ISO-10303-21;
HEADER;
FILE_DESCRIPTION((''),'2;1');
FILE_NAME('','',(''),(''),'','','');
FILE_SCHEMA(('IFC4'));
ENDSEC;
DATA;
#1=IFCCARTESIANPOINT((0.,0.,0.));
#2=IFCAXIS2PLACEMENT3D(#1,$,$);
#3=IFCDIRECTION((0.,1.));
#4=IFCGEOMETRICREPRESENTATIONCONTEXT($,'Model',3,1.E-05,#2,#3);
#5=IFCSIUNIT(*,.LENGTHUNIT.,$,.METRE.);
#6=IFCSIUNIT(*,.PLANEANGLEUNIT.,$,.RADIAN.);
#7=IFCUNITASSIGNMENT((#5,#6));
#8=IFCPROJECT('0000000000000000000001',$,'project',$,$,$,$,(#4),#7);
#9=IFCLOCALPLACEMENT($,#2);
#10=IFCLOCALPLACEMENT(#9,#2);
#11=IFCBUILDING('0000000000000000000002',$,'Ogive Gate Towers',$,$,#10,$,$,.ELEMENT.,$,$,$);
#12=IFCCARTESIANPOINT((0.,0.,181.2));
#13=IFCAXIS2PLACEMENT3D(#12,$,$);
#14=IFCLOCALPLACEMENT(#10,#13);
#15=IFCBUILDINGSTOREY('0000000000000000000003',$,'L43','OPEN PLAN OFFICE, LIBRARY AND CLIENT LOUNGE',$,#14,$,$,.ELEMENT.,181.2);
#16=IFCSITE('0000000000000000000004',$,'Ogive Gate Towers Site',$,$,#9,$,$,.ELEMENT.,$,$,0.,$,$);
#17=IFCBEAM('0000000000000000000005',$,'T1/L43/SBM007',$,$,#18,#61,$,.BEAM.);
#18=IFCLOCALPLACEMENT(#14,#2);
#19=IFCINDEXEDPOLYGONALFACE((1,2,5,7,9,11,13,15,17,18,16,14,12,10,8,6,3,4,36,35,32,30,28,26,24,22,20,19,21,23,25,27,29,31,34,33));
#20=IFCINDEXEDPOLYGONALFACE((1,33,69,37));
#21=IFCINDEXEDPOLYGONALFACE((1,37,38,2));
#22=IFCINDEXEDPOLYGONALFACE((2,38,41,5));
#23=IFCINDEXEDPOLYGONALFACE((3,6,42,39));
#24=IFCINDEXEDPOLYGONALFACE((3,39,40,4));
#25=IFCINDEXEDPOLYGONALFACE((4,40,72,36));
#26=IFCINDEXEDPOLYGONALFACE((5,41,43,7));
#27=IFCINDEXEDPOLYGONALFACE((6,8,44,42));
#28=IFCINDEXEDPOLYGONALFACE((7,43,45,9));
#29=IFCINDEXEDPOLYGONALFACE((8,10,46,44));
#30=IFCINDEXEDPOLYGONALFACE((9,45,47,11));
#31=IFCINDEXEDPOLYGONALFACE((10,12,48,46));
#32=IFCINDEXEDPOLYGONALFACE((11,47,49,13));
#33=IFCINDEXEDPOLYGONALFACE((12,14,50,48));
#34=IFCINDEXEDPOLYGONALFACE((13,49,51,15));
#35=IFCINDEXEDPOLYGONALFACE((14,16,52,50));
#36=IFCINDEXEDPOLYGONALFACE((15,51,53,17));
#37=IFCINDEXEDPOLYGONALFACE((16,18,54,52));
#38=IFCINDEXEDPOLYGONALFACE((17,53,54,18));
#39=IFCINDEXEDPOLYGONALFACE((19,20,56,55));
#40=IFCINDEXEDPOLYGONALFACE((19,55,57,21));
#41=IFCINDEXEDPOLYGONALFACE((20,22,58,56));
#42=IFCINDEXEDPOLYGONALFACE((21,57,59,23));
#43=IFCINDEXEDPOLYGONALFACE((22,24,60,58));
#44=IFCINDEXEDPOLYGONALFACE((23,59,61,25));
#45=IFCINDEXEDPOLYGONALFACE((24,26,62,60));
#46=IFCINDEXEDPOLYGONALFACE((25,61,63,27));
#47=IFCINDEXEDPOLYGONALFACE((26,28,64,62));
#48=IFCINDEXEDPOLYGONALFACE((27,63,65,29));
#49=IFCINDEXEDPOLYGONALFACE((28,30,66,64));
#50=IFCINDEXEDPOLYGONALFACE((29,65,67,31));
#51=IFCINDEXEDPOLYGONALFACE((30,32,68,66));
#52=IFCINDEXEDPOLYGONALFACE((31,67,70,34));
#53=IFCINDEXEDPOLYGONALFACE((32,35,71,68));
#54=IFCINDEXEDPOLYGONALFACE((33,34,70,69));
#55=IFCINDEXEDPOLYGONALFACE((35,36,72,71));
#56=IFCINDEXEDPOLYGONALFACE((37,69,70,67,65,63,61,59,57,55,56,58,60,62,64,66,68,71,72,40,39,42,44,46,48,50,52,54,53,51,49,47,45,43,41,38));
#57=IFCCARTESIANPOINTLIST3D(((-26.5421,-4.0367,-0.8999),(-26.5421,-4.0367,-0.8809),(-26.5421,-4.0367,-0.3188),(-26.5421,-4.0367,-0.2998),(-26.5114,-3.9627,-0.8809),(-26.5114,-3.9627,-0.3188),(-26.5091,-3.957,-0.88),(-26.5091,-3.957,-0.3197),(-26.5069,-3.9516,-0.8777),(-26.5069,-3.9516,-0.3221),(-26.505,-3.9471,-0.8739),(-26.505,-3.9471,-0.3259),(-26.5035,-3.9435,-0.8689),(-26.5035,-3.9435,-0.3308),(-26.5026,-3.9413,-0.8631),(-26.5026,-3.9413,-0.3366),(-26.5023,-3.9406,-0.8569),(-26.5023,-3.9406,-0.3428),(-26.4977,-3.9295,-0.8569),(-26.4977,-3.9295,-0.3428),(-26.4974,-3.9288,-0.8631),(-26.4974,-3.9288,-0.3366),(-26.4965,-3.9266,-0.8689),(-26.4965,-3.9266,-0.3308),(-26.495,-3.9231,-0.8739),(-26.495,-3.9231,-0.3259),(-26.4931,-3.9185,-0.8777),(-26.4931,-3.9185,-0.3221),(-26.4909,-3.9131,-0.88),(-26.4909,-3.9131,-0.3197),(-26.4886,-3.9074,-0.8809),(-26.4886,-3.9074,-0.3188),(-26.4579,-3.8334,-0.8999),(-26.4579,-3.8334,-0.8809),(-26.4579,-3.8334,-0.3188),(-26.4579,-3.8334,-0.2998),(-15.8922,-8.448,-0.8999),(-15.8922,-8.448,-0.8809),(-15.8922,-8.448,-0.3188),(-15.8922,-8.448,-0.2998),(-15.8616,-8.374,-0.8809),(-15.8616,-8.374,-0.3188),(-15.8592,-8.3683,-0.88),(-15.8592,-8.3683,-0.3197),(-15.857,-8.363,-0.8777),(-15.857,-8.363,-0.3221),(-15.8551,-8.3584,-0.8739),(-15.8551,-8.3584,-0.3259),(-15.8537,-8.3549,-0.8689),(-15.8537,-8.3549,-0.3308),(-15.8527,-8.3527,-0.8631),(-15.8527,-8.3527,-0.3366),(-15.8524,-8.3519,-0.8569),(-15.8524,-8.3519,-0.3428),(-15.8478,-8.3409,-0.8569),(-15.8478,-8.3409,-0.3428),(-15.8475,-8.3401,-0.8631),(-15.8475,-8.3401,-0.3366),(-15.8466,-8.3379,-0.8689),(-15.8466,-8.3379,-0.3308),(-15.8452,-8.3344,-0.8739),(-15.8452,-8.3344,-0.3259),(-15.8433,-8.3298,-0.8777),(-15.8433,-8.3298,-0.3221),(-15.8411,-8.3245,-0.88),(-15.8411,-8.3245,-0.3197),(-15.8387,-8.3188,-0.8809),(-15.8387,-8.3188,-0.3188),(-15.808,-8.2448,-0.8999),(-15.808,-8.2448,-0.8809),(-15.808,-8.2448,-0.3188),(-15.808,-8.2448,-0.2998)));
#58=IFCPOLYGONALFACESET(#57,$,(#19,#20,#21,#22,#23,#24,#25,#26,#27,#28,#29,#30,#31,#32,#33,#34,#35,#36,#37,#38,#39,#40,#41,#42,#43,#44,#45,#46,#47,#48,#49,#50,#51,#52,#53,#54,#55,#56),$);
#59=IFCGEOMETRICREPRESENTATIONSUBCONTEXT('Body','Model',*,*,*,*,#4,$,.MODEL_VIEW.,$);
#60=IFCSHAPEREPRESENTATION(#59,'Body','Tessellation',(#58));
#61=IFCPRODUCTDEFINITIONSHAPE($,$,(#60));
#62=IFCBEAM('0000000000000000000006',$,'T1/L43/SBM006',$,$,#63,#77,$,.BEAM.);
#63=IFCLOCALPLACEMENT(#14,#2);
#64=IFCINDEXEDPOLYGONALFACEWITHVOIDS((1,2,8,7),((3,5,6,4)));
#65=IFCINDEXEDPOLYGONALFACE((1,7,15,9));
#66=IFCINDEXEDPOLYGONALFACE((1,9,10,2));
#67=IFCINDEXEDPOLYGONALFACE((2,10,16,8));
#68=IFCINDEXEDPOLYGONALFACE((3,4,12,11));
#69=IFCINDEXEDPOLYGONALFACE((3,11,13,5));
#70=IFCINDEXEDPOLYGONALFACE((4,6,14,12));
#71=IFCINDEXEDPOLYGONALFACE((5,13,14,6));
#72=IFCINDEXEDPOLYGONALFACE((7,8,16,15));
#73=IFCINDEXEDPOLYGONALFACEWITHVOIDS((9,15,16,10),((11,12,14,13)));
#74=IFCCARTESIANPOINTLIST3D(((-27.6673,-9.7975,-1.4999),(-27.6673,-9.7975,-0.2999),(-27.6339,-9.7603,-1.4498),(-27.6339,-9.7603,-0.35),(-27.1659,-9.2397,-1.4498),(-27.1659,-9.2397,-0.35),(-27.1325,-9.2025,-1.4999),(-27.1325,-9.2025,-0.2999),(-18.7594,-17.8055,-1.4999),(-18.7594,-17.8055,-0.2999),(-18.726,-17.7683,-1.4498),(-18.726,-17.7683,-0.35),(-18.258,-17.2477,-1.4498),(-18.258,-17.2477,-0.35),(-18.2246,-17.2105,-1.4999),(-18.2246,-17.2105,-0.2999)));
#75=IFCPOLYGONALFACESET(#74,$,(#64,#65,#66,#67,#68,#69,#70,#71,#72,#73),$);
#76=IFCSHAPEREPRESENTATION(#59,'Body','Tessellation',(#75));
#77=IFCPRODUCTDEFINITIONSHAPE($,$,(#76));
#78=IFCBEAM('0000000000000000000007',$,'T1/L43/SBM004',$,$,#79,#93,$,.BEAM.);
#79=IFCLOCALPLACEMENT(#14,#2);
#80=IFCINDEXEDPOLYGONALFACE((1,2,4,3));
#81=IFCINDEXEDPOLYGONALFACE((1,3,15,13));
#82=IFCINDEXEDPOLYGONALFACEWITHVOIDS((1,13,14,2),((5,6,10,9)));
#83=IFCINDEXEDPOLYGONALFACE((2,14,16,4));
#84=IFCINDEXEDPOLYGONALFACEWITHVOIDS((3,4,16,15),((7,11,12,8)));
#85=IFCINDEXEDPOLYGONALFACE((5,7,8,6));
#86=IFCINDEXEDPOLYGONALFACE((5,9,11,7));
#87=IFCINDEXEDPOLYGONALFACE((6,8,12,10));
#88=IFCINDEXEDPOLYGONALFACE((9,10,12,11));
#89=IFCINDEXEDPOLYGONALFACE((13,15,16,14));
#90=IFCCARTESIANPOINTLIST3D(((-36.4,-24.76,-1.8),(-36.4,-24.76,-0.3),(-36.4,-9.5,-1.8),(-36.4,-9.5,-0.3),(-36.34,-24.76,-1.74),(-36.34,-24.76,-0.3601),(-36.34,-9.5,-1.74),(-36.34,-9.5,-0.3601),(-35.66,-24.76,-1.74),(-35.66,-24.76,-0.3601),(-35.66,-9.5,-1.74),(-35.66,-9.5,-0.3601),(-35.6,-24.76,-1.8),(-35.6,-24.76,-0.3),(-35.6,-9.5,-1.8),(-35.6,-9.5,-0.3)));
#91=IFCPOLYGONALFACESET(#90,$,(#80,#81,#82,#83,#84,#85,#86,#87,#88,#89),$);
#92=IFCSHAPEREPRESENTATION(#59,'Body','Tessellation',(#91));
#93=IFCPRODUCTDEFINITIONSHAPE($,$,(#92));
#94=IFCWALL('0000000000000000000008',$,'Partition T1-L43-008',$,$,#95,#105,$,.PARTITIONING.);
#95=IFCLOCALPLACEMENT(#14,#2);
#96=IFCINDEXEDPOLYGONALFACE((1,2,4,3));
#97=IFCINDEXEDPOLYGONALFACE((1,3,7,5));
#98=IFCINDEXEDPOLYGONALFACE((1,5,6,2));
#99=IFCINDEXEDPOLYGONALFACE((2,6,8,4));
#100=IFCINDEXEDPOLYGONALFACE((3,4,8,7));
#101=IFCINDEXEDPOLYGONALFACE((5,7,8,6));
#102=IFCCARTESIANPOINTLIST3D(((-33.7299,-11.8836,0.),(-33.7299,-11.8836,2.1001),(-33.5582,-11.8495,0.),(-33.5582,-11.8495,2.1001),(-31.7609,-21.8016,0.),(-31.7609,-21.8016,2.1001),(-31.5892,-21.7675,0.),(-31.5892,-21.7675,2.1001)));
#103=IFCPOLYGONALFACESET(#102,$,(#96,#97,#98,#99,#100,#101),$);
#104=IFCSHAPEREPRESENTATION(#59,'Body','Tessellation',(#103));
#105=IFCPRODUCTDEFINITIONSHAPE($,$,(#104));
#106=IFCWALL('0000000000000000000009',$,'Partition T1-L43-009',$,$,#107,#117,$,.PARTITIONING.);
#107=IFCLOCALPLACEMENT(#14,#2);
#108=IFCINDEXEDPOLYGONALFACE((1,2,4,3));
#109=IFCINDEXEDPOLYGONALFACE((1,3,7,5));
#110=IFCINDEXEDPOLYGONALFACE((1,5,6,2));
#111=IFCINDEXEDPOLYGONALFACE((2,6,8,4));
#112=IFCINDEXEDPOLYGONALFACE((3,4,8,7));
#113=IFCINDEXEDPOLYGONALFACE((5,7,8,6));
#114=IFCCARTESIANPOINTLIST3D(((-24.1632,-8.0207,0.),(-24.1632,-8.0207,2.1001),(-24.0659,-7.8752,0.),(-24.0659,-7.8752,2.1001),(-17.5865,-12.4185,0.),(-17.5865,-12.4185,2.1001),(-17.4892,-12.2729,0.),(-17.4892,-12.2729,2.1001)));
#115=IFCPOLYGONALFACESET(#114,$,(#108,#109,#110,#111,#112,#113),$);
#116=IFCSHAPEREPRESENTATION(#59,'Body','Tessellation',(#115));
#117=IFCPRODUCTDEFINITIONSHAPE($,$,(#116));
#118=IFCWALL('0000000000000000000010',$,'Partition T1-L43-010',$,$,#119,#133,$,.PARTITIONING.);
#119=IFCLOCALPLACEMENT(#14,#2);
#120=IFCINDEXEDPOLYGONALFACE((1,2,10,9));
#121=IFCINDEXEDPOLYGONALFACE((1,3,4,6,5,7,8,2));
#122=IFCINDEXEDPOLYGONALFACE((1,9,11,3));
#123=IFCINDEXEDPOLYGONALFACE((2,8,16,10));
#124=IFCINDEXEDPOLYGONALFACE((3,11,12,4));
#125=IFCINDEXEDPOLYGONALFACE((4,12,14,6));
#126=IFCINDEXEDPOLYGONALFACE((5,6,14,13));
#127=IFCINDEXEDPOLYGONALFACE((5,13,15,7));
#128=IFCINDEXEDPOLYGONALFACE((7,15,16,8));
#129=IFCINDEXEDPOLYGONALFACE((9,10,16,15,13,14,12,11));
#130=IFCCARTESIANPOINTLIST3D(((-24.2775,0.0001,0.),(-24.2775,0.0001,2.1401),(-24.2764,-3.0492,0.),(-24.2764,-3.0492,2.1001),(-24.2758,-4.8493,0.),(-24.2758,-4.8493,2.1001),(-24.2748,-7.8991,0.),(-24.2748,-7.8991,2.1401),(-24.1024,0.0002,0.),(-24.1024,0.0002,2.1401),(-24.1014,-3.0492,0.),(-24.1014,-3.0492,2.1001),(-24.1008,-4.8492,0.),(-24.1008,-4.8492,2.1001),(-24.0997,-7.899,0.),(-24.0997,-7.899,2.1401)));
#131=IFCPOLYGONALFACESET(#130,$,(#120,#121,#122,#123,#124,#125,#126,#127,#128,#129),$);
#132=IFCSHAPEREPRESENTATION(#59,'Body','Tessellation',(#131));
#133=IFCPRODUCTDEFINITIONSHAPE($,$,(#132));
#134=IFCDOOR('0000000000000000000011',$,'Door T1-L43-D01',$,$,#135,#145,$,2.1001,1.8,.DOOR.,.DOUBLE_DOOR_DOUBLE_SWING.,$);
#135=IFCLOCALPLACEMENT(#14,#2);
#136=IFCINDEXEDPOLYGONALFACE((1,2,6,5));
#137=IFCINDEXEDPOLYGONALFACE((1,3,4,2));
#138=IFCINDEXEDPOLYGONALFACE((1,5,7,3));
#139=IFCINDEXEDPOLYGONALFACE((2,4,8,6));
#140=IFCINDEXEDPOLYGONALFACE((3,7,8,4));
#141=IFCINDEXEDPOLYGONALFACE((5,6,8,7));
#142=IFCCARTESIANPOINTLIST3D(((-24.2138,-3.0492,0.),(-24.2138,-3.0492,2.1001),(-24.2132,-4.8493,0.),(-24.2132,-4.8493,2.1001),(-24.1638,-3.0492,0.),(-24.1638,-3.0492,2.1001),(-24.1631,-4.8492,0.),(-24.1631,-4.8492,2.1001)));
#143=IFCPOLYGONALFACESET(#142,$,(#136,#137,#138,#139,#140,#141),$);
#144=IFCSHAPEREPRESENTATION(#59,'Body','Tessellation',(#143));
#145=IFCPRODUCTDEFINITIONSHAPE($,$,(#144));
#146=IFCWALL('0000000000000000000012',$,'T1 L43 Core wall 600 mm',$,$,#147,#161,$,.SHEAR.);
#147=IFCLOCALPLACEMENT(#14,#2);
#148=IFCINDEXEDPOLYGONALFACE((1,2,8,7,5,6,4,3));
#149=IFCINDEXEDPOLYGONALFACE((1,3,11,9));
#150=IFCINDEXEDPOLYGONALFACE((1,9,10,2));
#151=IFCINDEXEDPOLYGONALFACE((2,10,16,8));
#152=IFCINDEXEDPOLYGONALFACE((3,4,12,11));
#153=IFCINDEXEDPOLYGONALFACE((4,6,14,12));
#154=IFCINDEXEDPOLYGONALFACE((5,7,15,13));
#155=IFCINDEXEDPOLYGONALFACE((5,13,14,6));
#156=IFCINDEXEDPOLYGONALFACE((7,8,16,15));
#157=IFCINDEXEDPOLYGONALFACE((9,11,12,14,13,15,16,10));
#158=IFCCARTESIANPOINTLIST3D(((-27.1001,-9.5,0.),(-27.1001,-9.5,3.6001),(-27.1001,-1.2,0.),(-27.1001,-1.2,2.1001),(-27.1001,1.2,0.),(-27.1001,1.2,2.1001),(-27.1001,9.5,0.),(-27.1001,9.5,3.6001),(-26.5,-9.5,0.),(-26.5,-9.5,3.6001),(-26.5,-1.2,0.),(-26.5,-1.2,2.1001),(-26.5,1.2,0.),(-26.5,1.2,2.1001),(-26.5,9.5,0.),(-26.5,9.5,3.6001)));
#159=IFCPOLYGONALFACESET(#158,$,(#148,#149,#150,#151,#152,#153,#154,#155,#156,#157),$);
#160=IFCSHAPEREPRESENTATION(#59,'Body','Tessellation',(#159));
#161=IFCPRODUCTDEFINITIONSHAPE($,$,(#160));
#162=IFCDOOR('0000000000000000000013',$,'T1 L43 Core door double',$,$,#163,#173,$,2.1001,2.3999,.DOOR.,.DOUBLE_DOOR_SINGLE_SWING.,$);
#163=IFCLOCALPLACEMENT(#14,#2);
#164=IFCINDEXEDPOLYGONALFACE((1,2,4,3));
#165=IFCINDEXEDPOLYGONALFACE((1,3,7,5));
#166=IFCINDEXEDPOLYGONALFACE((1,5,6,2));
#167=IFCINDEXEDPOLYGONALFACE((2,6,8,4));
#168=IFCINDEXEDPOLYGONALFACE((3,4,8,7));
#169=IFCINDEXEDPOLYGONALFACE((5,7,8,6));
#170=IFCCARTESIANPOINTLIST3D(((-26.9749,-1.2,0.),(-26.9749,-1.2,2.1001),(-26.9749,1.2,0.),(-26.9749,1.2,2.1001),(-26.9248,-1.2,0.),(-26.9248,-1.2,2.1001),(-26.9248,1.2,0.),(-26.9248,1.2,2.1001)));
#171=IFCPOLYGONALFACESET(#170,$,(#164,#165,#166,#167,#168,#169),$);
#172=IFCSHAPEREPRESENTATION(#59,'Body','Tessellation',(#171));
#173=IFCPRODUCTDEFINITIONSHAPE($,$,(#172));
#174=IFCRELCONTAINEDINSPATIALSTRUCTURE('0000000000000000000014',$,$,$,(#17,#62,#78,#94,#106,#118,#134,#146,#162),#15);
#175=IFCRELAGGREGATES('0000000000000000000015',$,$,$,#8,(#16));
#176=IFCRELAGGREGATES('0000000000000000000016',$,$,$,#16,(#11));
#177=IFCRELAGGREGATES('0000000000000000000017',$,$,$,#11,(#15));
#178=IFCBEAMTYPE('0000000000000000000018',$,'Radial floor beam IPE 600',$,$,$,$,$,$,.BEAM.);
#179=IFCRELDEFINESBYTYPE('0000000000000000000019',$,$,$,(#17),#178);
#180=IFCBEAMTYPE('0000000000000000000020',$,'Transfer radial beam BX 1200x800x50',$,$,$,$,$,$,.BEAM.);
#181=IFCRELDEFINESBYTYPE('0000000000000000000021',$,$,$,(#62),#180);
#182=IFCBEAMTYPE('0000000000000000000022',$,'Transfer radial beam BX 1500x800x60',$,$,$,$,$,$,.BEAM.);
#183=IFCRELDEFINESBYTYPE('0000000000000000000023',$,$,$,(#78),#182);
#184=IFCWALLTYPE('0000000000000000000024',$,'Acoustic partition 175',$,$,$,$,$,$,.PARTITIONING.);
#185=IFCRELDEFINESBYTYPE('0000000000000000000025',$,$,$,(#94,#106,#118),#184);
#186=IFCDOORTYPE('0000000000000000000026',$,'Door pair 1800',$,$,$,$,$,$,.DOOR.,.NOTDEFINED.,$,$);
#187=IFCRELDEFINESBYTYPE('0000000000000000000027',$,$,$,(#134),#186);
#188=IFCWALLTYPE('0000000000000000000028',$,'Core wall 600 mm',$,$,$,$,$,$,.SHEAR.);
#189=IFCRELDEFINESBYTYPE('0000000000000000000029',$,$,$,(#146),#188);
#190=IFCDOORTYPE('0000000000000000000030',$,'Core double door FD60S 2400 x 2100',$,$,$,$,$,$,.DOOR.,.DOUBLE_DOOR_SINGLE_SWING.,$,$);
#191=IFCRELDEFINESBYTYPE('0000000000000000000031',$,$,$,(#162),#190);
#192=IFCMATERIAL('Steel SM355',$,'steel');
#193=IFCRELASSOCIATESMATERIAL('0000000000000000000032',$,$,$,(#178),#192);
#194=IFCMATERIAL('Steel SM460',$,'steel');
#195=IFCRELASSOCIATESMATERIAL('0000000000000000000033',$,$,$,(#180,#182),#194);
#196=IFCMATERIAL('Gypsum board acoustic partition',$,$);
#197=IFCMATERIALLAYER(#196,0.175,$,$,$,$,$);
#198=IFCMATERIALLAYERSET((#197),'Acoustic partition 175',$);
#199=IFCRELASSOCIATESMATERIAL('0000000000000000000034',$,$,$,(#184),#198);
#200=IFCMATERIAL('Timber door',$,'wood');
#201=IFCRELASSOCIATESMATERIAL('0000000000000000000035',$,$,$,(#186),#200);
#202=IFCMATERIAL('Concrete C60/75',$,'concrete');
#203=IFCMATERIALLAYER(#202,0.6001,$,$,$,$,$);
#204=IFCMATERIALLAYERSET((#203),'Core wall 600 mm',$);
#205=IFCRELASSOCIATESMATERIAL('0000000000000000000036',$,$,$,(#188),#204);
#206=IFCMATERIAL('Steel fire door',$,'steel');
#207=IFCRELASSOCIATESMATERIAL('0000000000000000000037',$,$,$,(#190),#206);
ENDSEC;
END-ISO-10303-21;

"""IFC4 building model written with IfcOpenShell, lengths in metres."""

from ifc_helpers import new_model, si_unit, direction, frame, frame_2d, origin, origin_2d, place, context, subcontext, project, spatial, rectangle, hollow_rectangle, i_section, extrude, material, layer, layer_set, material_profile, profile_set, type_object, element, fill, save


model = new_model("IFC4")

# Units and contexts
model_context = context("Model", 3, precision=1e-05, world=origin(), true_north=direction((0.0, 1.0)))
body_context = subcontext(model_context, "Body", "Model", "MODEL_VIEW")
ifc_project = project(units=[si_unit("LENGTHUNIT", "METRE"), si_unit("PLANEANGLEUNIT", "RADIAN")], contexts=[model_context])

# Site, building, storey
site_placement = place(None, origin())
site = spatial("IfcSite", under=ifc_project, at=site_placement, Name="Ogive Gate Towers Site", CompositionType="ELEMENT", RefElevation=0.0)
building_placement = place(site_placement, origin())
building = spatial("IfcBuilding", under=site, at=building_placement, Name="Ogive Gate Towers", CompositionType="ELEMENT")
storey_placement = place(building_placement, frame((0.0, 0.0, 181.2)))
storey = spatial("IfcBuildingStorey", under=building, at=storey_placement, Name="L43", Description="OPEN PLAN OFFICE, LIBRARY AND CLIENT LOUNGE", CompositionType="ELEMENT", Elevation=181.2)

# Shared definitions
ifc_material_1 = material(Name="Steel SM460", Category="steel")

# Beams
ifc_material_2 = material(Name="Steel SM355", Category="steel")
ifc_material_profile_1 = material_profile(ifc_material_2, i_section(OverallWidth=0.22, OverallDepth=0.6001, WebThickness=0.012, FlangeThickness=0.019, FilletRadius=0.0239, at=origin_2d()), Name="IPE 600")
ifc_profile_set_1 = profile_set([ifc_material_profile_1], Name="Steel SM355")
beam_type_1 = type_object("IfcBeamType", Name="Radial floor beam IPE 600", PredefinedType="BEAM", material=ifc_profile_set_1)
for number, where, z_axis, x_axis, name in (
    (1, (-26.5, -3.9351, -0.5999), (0.923878, -0.382687, 0.0), (0.382687, 0.923878, 0.0), "T1/L43/SBM007"),
):
    element("IfcBeam", number, at=place(storey_placement, frame(where, z_axis=z_axis, x_axis=x_axis)), inside=storey, type_object=beam_type_1, Name=name, PredefinedType="BEAM", context=body_context, shape_type="SweptSolid", body=[
        extrude(i_section(OverallWidth=0.22, OverallDepth=0.6001, WebThickness=0.012, FlangeThickness=0.019, FilletRadius=0.0239, at=origin_2d()), origin(), (0.0, 0.0, 1.0), 11.5273),
    ])
ifc_material_profile_2 = material_profile(ifc_material_1, hollow_rectangle(XDim=0.8, YDim=1.2, WallThickness=0.05, at=origin_2d()), Name="BX 1200x800x50")
ifc_profile_set_2 = profile_set([ifc_material_profile_2], Name="Steel SM460")
beam_type_2 = type_object("IfcBeamType", Name="Transfer radial beam BX 1200x800x50", PredefinedType="BEAM", material=ifc_profile_set_2)
beam_1_placement = place(storey_placement, frame((-27.3999, -9.5, -0.8999), z_axis=(0.743672, -0.668545, 0.0), x_axis=(0.668545, 0.743672, 0.0)))
element("IfcBeam", 2, at=beam_1_placement, inside=storey, type_object=beam_type_2, Name="T1/L43/SBM006", PredefinedType="BEAM", context=body_context, shape_type="SweptSolid", body=[
    extrude(hollow_rectangle(XDim=0.8, YDim=1.2, WallThickness=0.05, at=origin_2d()), origin(), (0.0, 0.0, 1.0), 11.9783),
])
ifc_material_profile_3 = material_profile(ifc_material_1, hollow_rectangle(XDim=0.8, YDim=1.5, WallThickness=0.0601, at=origin_2d()), Name="BX 1500x800x60")
ifc_profile_set_3 = profile_set([ifc_material_profile_3], Name="Steel SM460")
beam_type_3 = type_object("IfcBeamType", Name="Transfer radial beam BX 1500x800x60", PredefinedType="BEAM", material=ifc_profile_set_3)
beam_2_placement = place(storey_placement, frame((-36.0, -9.5, -1.05), z_axis=(0.0, -1.0, 0.0), x_axis=(1.0, 0.0, 0.0)))
element("IfcBeam", 3, at=beam_2_placement, inside=storey, type_object=beam_type_3, Name="T1/L43/SBM004", PredefinedType="BEAM", context=body_context, shape_type="SweptSolid", body=[
    extrude(hollow_rectangle(XDim=0.8, YDim=1.5, WallThickness=0.0601, at=origin_2d()), origin(), (0.0, 0.0, 1.0), 15.26),
])

# Walls
ifc_material_3 = material(Name="Gypsum board acoustic partition")
ifc_layer_1 = layer(ifc_material_3, 0.175)
ifc_layer_set_1 = layer_set([ifc_layer_1], Name="Acoustic partition 175")
wall_type_1 = type_object("IfcWallType", Name="Acoustic partition 175", PredefinedType="PARTITIONING", material=ifc_layer_set_1)
wall_1_placement = place(storey_placement, frame((-31.675, -21.7844, 0.0), z_axis=(0.0, 0.0, 1.0), x_axis=(-0.194728, 0.980857, 0.0)))
element("IfcWall", 4, at=wall_1_placement, inside=storey, type_object=wall_type_1, Name="Partition T1-L43-008", PredefinedType="PARTITIONING", context=body_context, shape_type="SweptSolid", body=[
    extrude(rectangle(XDim=10.1116, YDim=0.175, at=frame_2d((5.0557, 0.0))), origin(), (0.0, 0.0, 1.0), 2.1001),
])
wall_2_placement = place(storey_placement, frame((-17.5378, -12.3457, 0.0), z_axis=(0.0, 0.0, 1.0), x_axis=(-0.831276, 0.55586, 0.0)))
element("IfcWall", 5, at=wall_2_placement, inside=storey, type_object=wall_type_1, Name="Partition T1-L43-009", PredefinedType="PARTITIONING", context=body_context, shape_type="SweptSolid", body=[
    extrude(rectangle(XDim=7.9116, YDim=0.175, at=frame_2d((3.9558, 0.0))), origin(), (0.0, 0.0, 1.0), 2.1001),
])

# Walls, openings, doors
wall_3_placement = place(storey_placement, frame((-24.1873, -7.8992, 0.0), z_axis=(0.0, 0.0, 1.0), x_axis=(-0.00034, 1.0, 0.0)))
wall_3 = element("IfcWall", 6, at=wall_3_placement, inside=storey, type_object=wall_type_1, Name="Partition T1-L43-010", PredefinedType="PARTITIONING", context=body_context, shape_type="SweptSolid", body=[
    extrude(rectangle(XDim=7.8992, YDim=0.175, at=frame_2d((3.9497, 0.0))), origin(), (0.0, 0.0, 1.0), 2.1401),
])
opening_1_placement = place(wall_3_placement, frame((3.05, 0.0, 0.0)))
opening_1 = element("IfcOpeningElement", 7, at=opening_1_placement, cuts=wall_3, PredefinedType="OPENING", context=body_context, shape_type="SweptSolid", body=[
    extrude(rectangle(XDim=1.8, YDim=2.1001, at=frame_2d((0.8999, 1.05))), frame((0.0, 0.0977, 0.0), z_axis=(0.0, -1.0, 0.0), x_axis=(1.0, 0.0, 0.0)), (0.0, 0.0, 1.0), 0.1951),
])
ifc_material_4 = material(Name="Timber door", Category="wood")
door_type_1 = type_object("IfcDoorType", Name="Door pair 1800", OperationType="NOTDEFINED", PredefinedType="DOOR", material=ifc_material_4)
door_1_placement = place(opening_1_placement, origin())
door_1 = element("IfcDoor", 8, at=door_1_placement, inside=storey, type_object=door_type_1, Name="Door T1-L43-D01", OperationType="DOUBLE_DOOR_DOUBLE_SWING", OverallHeight=2.1001, OverallWidth=1.8, PredefinedType="DOOR", context=body_context, shape_type="SweptSolid", body=[
    extrude(rectangle(XDim=1.8, YDim=2.1001, at=frame_2d((0.8999, 1.05))), frame((0.0, 0.0249, 0.0), z_axis=(0.0, -1.0, 0.0), x_axis=(1.0, 0.0, 0.0)), (0.0, 0.0, 1.0), 0.05),
])
fill(opening_1, door_1)
ifc_material_5 = material(Name="Concrete C60/75", Category="concrete")
ifc_layer_2 = layer(ifc_material_5, 0.6001)
ifc_layer_set_2 = layer_set([ifc_layer_2], Name="Core wall 600 mm")
wall_type_2 = type_object("IfcWallType", Name="Core wall 600 mm", PredefinedType="SHEAR", material=ifc_layer_set_2)
wall_4_placement = place(storey_placement, frame((-26.8, -9.5, 0.0), z_axis=(0.0, 0.0, 1.0), x_axis=(0.0, 1.0, 0.0)))
wall_4 = element("IfcWall", 9, at=wall_4_placement, inside=storey, type_object=wall_type_2, Name="T1 L43 Core wall 600 mm", PredefinedType="SHEAR", context=body_context, shape_type="SweptSolid", body=[
    extrude(rectangle(XDim=19.0, YDim=0.6001, at=frame_2d((9.5, 0.0))), origin(), (0.0, 0.0, 1.0), 3.6001),
])
opening_2_placement = place(wall_4_placement, frame((8.3, 0.0, 0.0)))
opening_2 = element("IfcOpeningElement", 10, at=opening_2_placement, cuts=wall_4, PredefinedType="OPENING", context=body_context, shape_type="SweptSolid", body=[
    extrude(rectangle(XDim=2.3999, YDim=2.1001, at=frame_2d((1.2, 1.05))), frame((0.0, 0.3101, 0.0), z_axis=(0.0, -1.0, 0.0), x_axis=(1.0, 0.0, 0.0)), (0.0, 0.0, 1.0), 0.6201),
])
ifc_material_6 = material(Name="Steel fire door", Category="steel")
door_type_2 = type_object("IfcDoorType", Name="Core double door FD60S 2400 x 2100", OperationType="DOUBLE_DOOR_SINGLE_SWING", PredefinedType="DOOR", material=ifc_material_6)
door_2_placement = place(opening_2_placement, origin())
door_2 = element("IfcDoor", 11, at=door_2_placement, inside=storey, type_object=door_type_2, Name="T1 L43 Core door double", OperationType="DOUBLE_DOOR_SINGLE_SWING", OverallHeight=2.1001, OverallWidth=2.3999, PredefinedType="DOOR", context=body_context, shape_type="SweptSolid", body=[
    extrude(rectangle(XDim=2.3999, YDim=2.1001, at=frame_2d((1.2, 1.05))), frame((0.0, 0.1748, 0.0), z_axis=(0.0, -1.0, 0.0), x_axis=(1.0, 0.0, 0.0)), (0.0, 0.0, 1.0), 0.05),
])
fill(opening_2, door_2)

save(model, "model.ifc")
